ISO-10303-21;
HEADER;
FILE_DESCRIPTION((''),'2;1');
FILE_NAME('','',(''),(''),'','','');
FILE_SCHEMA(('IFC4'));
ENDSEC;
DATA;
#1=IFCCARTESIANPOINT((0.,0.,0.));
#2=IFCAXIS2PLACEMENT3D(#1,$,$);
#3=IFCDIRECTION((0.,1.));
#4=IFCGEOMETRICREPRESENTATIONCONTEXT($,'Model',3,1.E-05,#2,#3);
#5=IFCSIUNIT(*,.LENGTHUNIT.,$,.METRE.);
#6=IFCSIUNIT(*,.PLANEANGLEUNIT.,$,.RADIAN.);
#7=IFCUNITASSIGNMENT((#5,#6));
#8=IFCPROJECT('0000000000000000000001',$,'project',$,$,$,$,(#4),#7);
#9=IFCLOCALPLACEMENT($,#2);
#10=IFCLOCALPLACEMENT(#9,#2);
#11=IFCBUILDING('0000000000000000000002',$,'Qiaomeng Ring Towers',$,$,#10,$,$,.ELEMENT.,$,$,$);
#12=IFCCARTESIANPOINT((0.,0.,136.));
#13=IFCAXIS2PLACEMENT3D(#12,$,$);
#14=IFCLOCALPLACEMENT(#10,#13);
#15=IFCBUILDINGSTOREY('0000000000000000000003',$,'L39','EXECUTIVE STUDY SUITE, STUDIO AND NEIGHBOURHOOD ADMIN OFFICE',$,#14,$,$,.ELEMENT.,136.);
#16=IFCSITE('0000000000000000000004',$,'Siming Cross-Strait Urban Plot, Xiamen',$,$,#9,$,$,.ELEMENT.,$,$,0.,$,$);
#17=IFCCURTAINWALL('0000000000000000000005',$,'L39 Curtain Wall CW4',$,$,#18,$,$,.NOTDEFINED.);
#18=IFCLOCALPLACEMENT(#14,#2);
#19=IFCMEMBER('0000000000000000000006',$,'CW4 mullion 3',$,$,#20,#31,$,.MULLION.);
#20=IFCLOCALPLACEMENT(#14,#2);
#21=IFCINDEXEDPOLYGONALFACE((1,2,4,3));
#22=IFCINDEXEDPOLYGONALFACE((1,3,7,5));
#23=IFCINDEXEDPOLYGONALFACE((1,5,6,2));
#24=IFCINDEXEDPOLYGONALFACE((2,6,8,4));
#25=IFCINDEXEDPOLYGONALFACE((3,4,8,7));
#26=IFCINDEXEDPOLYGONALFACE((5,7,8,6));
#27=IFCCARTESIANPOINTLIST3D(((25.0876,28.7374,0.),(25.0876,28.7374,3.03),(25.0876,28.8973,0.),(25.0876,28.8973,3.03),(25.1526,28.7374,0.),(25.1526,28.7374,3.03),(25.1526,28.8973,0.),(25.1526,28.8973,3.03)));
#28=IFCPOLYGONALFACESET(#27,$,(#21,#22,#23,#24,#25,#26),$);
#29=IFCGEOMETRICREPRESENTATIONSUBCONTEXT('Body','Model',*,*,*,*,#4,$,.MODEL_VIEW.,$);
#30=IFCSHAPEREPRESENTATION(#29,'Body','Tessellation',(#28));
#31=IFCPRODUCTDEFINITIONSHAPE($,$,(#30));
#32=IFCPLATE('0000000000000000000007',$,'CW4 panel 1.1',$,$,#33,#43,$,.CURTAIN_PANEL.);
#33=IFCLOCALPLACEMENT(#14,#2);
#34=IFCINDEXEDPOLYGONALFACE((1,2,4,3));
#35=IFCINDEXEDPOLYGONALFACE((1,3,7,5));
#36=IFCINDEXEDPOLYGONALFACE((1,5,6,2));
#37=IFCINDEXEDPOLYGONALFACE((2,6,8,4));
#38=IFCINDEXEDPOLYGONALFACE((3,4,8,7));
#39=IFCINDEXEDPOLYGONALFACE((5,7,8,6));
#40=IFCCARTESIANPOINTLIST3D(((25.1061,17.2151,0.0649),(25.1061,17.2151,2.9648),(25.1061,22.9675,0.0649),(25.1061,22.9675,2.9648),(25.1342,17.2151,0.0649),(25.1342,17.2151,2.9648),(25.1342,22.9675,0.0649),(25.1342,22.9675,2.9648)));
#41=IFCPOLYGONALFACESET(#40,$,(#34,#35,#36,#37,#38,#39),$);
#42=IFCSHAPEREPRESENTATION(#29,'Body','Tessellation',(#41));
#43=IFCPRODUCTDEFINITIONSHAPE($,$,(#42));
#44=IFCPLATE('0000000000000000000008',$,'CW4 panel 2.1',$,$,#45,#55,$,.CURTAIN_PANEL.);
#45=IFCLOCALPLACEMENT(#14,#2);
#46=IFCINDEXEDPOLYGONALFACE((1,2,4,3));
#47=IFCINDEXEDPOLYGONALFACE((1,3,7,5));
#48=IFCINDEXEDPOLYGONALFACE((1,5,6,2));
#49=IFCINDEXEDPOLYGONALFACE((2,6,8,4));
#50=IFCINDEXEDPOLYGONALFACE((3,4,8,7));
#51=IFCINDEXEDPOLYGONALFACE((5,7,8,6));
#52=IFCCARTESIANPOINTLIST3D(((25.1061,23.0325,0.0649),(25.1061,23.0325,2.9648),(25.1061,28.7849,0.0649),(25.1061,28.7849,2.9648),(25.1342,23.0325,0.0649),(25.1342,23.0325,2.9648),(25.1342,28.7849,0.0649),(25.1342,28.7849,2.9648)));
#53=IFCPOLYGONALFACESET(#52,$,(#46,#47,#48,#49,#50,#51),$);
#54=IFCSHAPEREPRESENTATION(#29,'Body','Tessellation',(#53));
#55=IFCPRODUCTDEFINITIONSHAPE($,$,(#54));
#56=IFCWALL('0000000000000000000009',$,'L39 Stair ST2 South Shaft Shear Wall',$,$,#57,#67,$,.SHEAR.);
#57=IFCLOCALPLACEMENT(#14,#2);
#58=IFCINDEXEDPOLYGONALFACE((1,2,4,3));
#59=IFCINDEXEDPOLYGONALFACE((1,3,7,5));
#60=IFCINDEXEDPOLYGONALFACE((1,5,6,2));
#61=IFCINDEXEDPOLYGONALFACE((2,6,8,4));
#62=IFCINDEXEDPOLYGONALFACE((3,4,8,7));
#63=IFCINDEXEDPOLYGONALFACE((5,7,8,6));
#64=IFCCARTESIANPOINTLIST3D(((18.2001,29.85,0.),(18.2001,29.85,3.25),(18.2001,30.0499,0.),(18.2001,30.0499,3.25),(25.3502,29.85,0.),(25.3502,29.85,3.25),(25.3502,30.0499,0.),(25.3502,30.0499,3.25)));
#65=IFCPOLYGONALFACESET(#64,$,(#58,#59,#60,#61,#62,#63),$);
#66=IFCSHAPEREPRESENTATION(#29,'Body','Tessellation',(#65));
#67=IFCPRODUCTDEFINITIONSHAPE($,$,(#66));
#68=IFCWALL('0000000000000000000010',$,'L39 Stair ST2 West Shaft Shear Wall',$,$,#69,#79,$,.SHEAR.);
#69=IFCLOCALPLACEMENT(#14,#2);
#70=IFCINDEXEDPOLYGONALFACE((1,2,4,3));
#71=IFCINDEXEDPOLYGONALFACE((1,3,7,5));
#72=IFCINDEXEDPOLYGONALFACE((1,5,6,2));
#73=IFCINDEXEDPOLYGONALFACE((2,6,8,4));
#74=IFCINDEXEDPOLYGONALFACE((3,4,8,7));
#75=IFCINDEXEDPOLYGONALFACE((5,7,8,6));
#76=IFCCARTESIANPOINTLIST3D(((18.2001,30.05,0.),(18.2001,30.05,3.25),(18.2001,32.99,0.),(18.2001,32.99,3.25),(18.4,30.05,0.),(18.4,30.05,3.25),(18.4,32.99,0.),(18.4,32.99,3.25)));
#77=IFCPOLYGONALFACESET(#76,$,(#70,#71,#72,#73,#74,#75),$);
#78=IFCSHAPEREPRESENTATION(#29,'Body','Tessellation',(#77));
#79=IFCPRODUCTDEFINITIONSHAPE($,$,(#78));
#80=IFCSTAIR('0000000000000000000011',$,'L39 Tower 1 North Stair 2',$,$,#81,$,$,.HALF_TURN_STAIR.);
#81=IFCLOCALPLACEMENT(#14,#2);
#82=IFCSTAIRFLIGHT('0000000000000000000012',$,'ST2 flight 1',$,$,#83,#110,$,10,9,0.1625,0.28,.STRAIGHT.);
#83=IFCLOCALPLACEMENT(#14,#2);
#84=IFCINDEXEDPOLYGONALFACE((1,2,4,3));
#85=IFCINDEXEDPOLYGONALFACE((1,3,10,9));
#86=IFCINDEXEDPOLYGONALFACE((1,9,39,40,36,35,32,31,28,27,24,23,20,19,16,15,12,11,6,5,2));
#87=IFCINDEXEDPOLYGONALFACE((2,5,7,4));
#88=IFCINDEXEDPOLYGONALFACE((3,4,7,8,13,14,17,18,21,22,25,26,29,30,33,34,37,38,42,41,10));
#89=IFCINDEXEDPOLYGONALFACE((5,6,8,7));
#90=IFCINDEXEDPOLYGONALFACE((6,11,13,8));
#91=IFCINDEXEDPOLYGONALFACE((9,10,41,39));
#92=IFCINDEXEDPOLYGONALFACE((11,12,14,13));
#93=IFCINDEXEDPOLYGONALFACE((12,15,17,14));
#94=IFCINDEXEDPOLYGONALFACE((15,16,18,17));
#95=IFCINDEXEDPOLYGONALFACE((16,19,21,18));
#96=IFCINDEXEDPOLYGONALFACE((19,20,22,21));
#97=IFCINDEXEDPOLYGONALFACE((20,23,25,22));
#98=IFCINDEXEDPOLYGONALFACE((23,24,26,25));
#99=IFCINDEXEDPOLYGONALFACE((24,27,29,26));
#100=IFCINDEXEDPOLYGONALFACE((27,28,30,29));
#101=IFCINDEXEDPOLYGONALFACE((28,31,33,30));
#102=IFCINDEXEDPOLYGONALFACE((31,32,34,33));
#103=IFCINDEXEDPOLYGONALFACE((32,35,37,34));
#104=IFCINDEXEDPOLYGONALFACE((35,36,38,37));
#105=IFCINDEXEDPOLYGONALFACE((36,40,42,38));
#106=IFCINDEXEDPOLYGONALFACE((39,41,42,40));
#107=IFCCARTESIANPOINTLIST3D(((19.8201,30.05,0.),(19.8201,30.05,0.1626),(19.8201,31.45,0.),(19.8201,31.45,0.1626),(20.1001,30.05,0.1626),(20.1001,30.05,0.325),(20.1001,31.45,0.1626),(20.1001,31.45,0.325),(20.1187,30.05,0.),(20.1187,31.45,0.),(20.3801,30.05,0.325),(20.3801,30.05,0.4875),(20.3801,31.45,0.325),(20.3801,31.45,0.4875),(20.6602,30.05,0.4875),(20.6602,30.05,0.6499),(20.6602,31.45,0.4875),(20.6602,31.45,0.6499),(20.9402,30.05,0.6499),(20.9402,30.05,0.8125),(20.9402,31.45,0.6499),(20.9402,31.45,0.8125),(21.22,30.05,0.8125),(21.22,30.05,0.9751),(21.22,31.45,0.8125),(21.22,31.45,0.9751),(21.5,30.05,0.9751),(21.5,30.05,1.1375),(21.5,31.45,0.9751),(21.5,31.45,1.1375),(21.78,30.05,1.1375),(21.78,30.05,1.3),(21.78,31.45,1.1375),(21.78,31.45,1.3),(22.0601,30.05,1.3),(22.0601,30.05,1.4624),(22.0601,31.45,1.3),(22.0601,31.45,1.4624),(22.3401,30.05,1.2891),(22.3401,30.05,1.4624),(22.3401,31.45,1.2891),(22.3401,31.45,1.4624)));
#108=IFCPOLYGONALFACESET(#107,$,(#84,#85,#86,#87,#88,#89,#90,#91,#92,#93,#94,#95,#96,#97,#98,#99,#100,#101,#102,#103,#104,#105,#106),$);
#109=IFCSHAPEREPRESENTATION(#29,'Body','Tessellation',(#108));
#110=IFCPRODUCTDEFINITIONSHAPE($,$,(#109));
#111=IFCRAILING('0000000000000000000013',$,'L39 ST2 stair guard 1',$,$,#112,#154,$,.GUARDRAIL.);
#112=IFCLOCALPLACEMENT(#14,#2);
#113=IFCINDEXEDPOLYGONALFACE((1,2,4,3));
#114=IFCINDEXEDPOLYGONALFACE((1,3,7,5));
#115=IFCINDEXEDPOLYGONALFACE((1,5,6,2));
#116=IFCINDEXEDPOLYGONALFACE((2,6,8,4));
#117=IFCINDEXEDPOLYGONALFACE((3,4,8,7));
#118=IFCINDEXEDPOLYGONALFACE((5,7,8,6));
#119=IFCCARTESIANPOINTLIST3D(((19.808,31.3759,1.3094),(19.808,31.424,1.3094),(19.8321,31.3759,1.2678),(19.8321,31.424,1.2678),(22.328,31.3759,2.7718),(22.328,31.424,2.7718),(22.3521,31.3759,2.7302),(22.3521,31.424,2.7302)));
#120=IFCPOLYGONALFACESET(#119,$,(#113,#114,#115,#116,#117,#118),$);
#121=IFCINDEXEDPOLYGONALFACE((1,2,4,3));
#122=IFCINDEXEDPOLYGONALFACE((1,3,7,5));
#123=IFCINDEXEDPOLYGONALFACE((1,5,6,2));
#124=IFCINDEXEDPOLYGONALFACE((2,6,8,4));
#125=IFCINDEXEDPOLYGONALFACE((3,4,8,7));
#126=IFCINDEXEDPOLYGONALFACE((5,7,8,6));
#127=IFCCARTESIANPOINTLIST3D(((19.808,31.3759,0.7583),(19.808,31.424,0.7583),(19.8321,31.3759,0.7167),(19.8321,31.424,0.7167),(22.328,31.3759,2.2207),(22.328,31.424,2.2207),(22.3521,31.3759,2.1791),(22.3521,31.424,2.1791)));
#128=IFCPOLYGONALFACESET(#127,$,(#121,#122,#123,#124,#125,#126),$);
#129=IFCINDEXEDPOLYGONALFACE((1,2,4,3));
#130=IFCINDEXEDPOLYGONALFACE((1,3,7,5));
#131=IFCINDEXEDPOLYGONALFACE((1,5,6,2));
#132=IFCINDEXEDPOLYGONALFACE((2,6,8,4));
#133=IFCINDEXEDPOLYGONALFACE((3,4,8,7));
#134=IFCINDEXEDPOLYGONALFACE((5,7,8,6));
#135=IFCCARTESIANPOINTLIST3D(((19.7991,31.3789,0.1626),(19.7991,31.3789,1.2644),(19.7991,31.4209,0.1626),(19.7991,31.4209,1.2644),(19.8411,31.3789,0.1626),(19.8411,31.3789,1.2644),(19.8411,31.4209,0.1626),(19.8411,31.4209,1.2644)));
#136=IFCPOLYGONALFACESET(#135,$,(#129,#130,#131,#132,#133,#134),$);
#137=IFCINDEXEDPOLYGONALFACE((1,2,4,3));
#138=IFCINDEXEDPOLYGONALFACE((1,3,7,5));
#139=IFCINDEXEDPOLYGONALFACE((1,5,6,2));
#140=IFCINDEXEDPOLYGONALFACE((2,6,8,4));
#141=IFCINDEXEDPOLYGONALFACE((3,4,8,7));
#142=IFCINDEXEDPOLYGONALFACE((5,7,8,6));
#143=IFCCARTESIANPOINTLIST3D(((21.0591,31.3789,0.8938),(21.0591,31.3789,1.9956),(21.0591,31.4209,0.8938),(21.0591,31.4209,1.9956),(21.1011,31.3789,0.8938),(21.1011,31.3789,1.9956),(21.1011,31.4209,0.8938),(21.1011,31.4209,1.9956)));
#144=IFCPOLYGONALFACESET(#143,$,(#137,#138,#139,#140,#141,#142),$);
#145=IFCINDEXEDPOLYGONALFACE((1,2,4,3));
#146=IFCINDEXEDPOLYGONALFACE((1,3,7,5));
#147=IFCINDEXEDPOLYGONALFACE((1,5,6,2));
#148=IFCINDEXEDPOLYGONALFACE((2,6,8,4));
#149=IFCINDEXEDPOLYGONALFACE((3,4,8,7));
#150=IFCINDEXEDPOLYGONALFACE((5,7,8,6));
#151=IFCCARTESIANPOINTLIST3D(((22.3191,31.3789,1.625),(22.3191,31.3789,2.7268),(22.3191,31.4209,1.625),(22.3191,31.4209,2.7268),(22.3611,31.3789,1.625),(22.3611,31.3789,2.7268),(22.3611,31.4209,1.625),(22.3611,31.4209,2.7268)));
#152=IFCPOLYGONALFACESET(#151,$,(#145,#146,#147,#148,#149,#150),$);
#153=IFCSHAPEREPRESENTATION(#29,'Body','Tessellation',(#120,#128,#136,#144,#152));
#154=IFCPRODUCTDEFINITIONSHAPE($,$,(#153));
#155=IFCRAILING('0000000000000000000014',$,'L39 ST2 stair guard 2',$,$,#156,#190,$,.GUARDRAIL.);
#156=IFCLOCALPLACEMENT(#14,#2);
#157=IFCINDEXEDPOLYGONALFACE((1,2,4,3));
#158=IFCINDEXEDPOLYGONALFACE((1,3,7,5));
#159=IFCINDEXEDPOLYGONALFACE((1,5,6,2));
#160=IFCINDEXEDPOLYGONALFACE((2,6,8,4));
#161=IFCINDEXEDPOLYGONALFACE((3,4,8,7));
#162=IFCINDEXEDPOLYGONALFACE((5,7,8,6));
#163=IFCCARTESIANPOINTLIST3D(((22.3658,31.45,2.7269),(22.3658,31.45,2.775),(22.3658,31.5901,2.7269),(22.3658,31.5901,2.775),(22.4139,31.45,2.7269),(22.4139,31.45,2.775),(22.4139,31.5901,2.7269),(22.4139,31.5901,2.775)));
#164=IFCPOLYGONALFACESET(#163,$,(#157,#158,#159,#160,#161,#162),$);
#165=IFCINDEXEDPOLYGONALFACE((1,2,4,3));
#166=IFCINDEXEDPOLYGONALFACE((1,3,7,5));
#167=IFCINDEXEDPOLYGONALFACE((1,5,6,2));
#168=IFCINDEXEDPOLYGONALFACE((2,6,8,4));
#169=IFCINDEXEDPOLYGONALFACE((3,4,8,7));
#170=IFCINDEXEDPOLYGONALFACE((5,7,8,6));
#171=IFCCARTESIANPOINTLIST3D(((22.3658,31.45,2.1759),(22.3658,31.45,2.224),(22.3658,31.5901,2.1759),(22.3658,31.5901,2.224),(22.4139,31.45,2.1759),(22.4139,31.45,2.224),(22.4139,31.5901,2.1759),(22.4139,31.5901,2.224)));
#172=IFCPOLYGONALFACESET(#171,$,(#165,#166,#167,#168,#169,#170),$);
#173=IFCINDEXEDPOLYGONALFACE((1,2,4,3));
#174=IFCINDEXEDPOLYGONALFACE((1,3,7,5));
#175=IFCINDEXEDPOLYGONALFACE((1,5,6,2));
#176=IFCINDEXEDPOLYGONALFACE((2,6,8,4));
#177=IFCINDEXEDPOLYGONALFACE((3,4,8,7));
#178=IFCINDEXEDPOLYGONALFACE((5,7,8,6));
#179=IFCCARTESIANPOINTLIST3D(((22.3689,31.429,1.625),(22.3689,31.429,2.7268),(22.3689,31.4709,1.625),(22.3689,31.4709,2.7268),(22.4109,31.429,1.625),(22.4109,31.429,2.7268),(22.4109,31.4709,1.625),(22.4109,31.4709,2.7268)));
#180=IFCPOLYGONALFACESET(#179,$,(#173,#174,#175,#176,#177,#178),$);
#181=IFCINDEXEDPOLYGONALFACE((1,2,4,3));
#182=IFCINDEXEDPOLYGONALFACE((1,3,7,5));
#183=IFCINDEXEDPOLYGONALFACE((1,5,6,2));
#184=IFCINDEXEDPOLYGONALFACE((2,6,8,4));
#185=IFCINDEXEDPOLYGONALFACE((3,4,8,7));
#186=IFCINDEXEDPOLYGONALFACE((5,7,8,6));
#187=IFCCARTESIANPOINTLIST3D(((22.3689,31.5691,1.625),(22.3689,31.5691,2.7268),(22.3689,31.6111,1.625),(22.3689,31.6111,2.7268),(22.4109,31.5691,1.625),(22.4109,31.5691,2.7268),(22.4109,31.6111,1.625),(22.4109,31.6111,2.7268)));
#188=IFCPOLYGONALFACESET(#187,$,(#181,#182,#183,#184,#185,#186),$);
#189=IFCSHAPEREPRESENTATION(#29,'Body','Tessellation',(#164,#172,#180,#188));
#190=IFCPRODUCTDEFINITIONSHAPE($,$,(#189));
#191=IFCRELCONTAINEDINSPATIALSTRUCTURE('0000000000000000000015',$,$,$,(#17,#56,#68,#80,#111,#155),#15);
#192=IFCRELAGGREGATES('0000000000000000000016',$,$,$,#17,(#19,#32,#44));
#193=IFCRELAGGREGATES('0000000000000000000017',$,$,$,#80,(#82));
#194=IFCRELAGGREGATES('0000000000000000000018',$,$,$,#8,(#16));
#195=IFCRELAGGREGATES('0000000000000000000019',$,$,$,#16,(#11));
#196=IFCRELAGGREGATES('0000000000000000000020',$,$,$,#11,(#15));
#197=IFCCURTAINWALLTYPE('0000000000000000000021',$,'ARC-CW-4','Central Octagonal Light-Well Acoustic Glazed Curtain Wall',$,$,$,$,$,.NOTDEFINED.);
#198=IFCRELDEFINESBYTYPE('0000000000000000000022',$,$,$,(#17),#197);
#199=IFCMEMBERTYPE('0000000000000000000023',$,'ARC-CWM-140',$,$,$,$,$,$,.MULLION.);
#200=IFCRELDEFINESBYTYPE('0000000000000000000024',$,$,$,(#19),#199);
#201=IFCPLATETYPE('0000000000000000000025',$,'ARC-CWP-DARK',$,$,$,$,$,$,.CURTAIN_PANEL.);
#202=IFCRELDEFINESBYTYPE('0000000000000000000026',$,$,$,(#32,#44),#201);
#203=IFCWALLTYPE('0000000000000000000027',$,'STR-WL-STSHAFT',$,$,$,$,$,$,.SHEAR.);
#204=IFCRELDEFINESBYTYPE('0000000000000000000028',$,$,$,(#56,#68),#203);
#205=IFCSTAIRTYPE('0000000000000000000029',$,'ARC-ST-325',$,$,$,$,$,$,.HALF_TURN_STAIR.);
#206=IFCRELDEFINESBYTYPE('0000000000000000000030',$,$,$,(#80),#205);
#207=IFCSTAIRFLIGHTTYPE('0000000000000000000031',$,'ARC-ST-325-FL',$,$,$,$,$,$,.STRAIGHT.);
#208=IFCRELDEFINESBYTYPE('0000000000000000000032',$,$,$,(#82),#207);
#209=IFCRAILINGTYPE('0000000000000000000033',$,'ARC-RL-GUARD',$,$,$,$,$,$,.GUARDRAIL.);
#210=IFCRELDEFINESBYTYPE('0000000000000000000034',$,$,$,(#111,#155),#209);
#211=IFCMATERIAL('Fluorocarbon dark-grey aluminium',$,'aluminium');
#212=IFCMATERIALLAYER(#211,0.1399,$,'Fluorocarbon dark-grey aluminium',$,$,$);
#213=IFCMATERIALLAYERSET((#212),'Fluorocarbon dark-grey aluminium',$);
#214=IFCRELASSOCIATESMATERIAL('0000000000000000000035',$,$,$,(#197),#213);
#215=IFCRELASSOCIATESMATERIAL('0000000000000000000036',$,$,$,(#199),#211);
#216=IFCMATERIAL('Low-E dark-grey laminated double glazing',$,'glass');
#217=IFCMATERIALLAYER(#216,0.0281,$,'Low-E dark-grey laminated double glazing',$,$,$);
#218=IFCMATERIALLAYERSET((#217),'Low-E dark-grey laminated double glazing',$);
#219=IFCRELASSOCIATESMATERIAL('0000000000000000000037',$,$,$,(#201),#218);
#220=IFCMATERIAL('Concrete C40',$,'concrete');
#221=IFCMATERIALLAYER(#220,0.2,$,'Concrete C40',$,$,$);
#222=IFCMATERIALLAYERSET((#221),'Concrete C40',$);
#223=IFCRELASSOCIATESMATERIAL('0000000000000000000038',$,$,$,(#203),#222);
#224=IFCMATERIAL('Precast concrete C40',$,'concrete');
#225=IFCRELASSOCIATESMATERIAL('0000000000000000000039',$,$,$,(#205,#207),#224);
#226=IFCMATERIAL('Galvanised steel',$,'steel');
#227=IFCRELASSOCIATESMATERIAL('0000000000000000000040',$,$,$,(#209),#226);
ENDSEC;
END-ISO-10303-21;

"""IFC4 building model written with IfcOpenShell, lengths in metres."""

from ifc_helpers import new_model, si_unit, direction, frame, frame_2d, origin, origin_2d, place, context, subcontext, project, spatial, polyline, rectangle, outline, extrude, source, transform, mapped, material, layer, layer_set, material_profile, profile_set, type_object, element, aggregate, save


model = new_model("IFC4")

# Units and contexts
model_context = context("Model", 3, precision=1e-05, world=origin(), true_north=direction((0.0, 1.0)))
body_context = subcontext(model_context, "Body", "Model", "MODEL_VIEW")
ifc_project = project(units=[si_unit("LENGTHUNIT", "METRE"), si_unit("PLANEANGLEUNIT", "RADIAN")], contexts=[model_context])

# Site, building, storey
site_placement = place(None, origin())
site = spatial("IfcSite", under=ifc_project, at=site_placement, Name="Siming Cross-Strait Urban Plot, Xiamen", CompositionType="ELEMENT", RefElevation=0.0)
building_placement = place(site_placement, origin())
building = spatial("IfcBuilding", under=site, at=building_placement, Name="Qiaomeng Ring Towers", CompositionType="ELEMENT")
storey_placement = place(building_placement, frame((0.0, 0.0, 136.0)))
storey = spatial("IfcBuildingStorey", under=building, at=storey_placement, Name="L39", Description="EXECUTIVE STUDY SUITE, STUDIO AND NEIGHBOURHOOD ADMIN OFFICE", CompositionType="ELEMENT", Elevation=136.0)

# Curtain wall, member, plates
ifc_material_1 = material(Name="Fluorocarbon dark-grey aluminium", Category="aluminium")
ifc_layer_1 = layer(ifc_material_1, 0.1399, Name="Fluorocarbon dark-grey aluminium")
ifc_layer_set_1 = layer_set([ifc_layer_1], Name="Fluorocarbon dark-grey aluminium")
curtain_wall_type = type_object("IfcCurtainWallType", Name="ARC-CW-4", Description="Central Octagonal Light-Well Acoustic Glazed Curtain Wall", PredefinedType="NOTDEFINED", material=ifc_layer_set_1)
curtain_wall_placement = place(storey_placement, origin())
curtain_wall = element("IfcCurtainWall", 1, at=curtain_wall_placement, inside=storey, type_object=curtain_wall_type, Name="L39 Curtain Wall CW4", PredefinedType="NOTDEFINED")
ifc_material_profile_1 = material_profile(ifc_material_1, rectangle(XDim=0.0649, YDim=0.1599, at=origin_2d()), Name="ALU MULL 65x160")
ifc_profile_set_1 = profile_set([ifc_material_profile_1], Name="Fluorocarbon dark-grey aluminium")
member_type_1 = type_object("IfcMemberType", Name="ARC-CWM-140", PredefinedType="MULLION", material=ifc_profile_set_1)
shared_shape_1 = source(origin(), body_context, "Body", "SweptSolid", [
    extrude(rectangle(XDim=0.0649, YDim=0.1599, at=origin_2d()), origin(), (0.0, 0.0, 1.0), 3.03),
])
member_1_placement = place(storey_placement, frame((25.1201, 28.8174, 0.0), z_axis=(0.0, 0.0, 1.0), x_axis=(-1.0, 0.0, 0.0)))
member_1 = element("IfcMember", 2, at=member_1_placement, type_object=member_type_1, Name="CW4 mullion 3", PredefinedType="MULLION", context=body_context, shape_type="MappedRepresentation", body=[
    mapped(shared_shape_1, transform((0.0, 0.0, 0.0), x_axis=(1.0, 0.0, 0.0), y_axis=(0.0, 1.0, 0.0), z_axis=(0.0, 0.0, 1.0), scale=1.0)),
])
ifc_material_2 = material(Name="Low-E dark-grey laminated double glazing", Category="glass")
ifc_layer_2 = layer(ifc_material_2, 0.0281, Name="Low-E dark-grey laminated double glazing")
ifc_layer_set_2 = layer_set([ifc_layer_2], Name="Low-E dark-grey laminated double glazing")
plate_type = type_object("IfcPlateType", Name="ARC-CWP-DARK", PredefinedType="CURTAIN_PANEL", material=ifc_layer_set_2)
shared_shape_2 = source(origin(), body_context, "Body", "SweptSolid", [
    extrude(rectangle(XDim=5.7524, YDim=0.0281, at=origin_2d()), origin(), (0.0, 0.0, 1.0), 2.8999),
])
plate_1_placement = place(storey_placement, frame((25.1201, 20.0913, 0.0649), z_axis=(0.0, 0.0, 1.0), x_axis=(0.0, 1.0, 0.0)))
plate_1 = element("IfcPlate", 3, at=plate_1_placement, type_object=plate_type, Name="CW4 panel 1.1", PredefinedType="CURTAIN_PANEL", context=body_context, shape_type="MappedRepresentation", body=[
    mapped(shared_shape_2, transform((0.0, 0.0, 0.0), x_axis=(1.0, 0.0, 0.0), y_axis=(0.0, 1.0, 0.0), z_axis=(0.0, 0.0, 1.0), scale=1.0)),
])
plate_2_placement = place(storey_placement, frame((25.1201, 25.9087, 0.0649), z_axis=(0.0, 0.0, 1.0), x_axis=(0.0, 1.0, 0.0)))
plate_2 = element("IfcPlate", 4, at=plate_2_placement, type_object=plate_type, Name="CW4 panel 2.1", PredefinedType="CURTAIN_PANEL", context=body_context, shape_type="MappedRepresentation", body=[
    mapped(shared_shape_2, transform((0.0, 0.0, 0.0), x_axis=(1.0, 0.0, 0.0), y_axis=(0.0, 1.0, 0.0), z_axis=(0.0, 0.0, 1.0), scale=1.0)),
])
aggregate(curtain_wall, [member_1, plate_1, plate_2])

# Walls
ifc_material_3 = material(Name="Concrete C40", Category="concrete")
ifc_layer_3 = layer(ifc_material_3, 0.2, Name="Concrete C40")
ifc_layer_set_3 = layer_set([ifc_layer_3], Name="Concrete C40")
wall_type = type_object("IfcWallType", Name="STR-WL-STSHAFT", PredefinedType="SHEAR", material=ifc_layer_set_3)
wall_1_placement = place(storey_placement, frame((18.2, 29.95, 0.0), z_axis=(0.0, 0.0, 1.0), x_axis=(1.0, 0.0, 0.0)))
element("IfcWall", 5, at=wall_1_placement, inside=storey, type_object=wall_type, Name="L39 Stair ST2 South Shaft Shear Wall", PredefinedType="SHEAR", context=body_context, shape_type="SweptSolid", body=[
    extrude(rectangle(XDim=7.1501, YDim=0.2, at=frame_2d((3.5752, 0.0))), origin(), (0.0, 0.0, 1.0), 3.25),
])
wall_2_placement = place(storey_placement, frame((18.3, 30.05, 0.0), z_axis=(0.0, 0.0, 1.0), x_axis=(0.0, 1.0, 0.0)))
element("IfcWall", 6, at=wall_2_placement, inside=storey, type_object=wall_type, Name="L39 Stair ST2 West Shaft Shear Wall", PredefinedType="SHEAR", context=body_context, shape_type="SweptSolid", body=[
    extrude(rectangle(XDim=2.9399, YDim=0.2, at=frame_2d((1.47, 0.0))), origin(), (0.0, 0.0, 1.0), 3.25),
])

# Stair, stair flight
ifc_material_4 = material(Name="Precast concrete C40", Category="concrete")
stair_type = type_object("IfcStairType", Name="ARC-ST-325", PredefinedType="HALF_TURN_STAIR", material=ifc_material_4)
stair_placement = place(storey_placement, origin())
stair = element("IfcStair", 7, at=stair_placement, inside=storey, type_object=stair_type, Name="L39 Tower 1 North Stair 2", PredefinedType="HALF_TURN_STAIR")
stair_flight_type = type_object("IfcStairFlightType", Name="ARC-ST-325-FL", PredefinedType="STRAIGHT", material=ifc_material_4)
shared_shape_3 = source(origin(), body_context, "Body", "SweptSolid", [
    extrude(outline(polyline([(0.0, 0.0), (0.0, 0.1626), (0.28, 0.1626), (0.28, 0.325), (0.5601, 0.325), (0.5601, 0.4875), (0.8401, 0.4875), (0.8401, 0.6499), (1.1201, 0.6499), (1.1201, 0.8125), (1.3999, 0.8125), (1.3999, 0.9751), (1.6799, 0.9751), (1.6799, 1.1375), (1.96, 1.1375), (1.96, 1.3), (2.24, 1.3), (2.24, 1.4624), (2.52, 1.4624), (2.52, 1.625), (2.52, 1.2891), (0.2986, 0.0), (0.0, 0.0)])), frame((0.0, 0.7, 0.0), z_axis=(0.0, -1.0, 0.0), x_axis=(1.0, 0.0, 0.0)), (0.0, 0.0, 1.0), 1.3999),
])
stair_flight_placement = place(storey_placement, frame((19.8201, 30.75, 0.0), z_axis=(0.0, 0.0, 1.0), x_axis=(1.0, 0.0, 0.0)))
stair_flight = element("IfcStairFlight", 8, at=stair_flight_placement, type_object=stair_flight_type, Name="ST2 flight 1", NumberOfRisers=10, NumberOfTreads=9, PredefinedType="STRAIGHT", RiserHeight=0.1625, TreadLength=0.28, context=body_context, shape_type="MappedRepresentation", body=[
    mapped(shared_shape_3, transform((0.0, 0.0, 0.0), x_axis=(1.0, 0.0, 0.0), y_axis=(0.0, 1.0, 0.0), z_axis=(0.0, 0.0, 1.0), scale=1.0)),
])
aggregate(stair, [stair_flight])

# Railings
ifc_material_5 = material(Name="Galvanised steel", Category="steel")
railing_type_1 = type_object("IfcRailingType", Name="ARC-RL-GUARD", PredefinedType="GUARDRAIL", material=ifc_material_5)
railing_1_placement = place(storey_placement, frame((19.8201, 31.3999, 0.1626)))
element("IfcRailing", 9, at=railing_1_placement, inside=storey, type_object=railing_type_1, Name="L39 ST2 stair guard 1", PredefinedType="GUARDRAIL", context=body_context, shape_type="SweptSolid", body=[
    extrude(rectangle(XDim=0.0481, YDim=0.0481, at=origin_2d()), frame((0.0, 0.0, 1.126), z_axis=(0.864913, 0.0, 0.501921), x_axis=(0.0, 1.0, 0.0)), (0.0, 0.0, 1.0), 2.9136),
    extrude(rectangle(XDim=0.0481, YDim=0.0481, at=origin_2d()), frame((0.0, 0.0, 0.575), z_axis=(0.864913, 0.0, 0.501921), x_axis=(0.0, 1.0, 0.0)), (0.0, 0.0, 1.0), 2.9136),
    extrude(rectangle(XDim=0.042, YDim=0.042, at=origin_2d()), origin(), (0.0, 0.0, 1.0), 1.1018),
    extrude(rectangle(XDim=0.042, YDim=0.042, at=origin_2d()), frame((1.26, 0.0, 0.7312)), (0.0, 0.0, 1.0), 1.1018),
    extrude(rectangle(XDim=0.042, YDim=0.042, at=origin_2d()), frame((2.52, 0.0, 1.4624)), (0.0, 0.0, 1.0), 1.1018),
])
for number, where, name in (
    (10, (22.3899, 31.45, 1.625), "L39 ST2 stair guard 2"),
):
    element("IfcRailing", number, at=place(storey_placement, frame(where)), inside=storey, type_object=railing_type_1, Name=name, PredefinedType="GUARDRAIL", context=body_context, shape_type="SweptSolid", body=[
        extrude(rectangle(XDim=0.0481, YDim=0.0481, at=origin_2d()), frame((0.0, 0.0, 1.126), z_axis=(0.0, 1.0, 0.0), x_axis=(-1.0, 0.0, 0.0)), (0.0, 0.0, 1.0), 0.1401),
        extrude(rectangle(XDim=0.0481, YDim=0.0481, at=origin_2d()), frame((0.0, 0.0, 0.575), z_axis=(0.0, 1.0, 0.0), x_axis=(-1.0, 0.0, 0.0)), (0.0, 0.0, 1.0), 0.1401),
        extrude(rectangle(XDim=0.042, YDim=0.042, at=origin_2d()), origin(), (0.0, 0.0, 1.0), 1.1018),
        extrude(rectangle(XDim=0.042, YDim=0.042, at=origin_2d()), frame((0.0, 0.1401, 0.0)), (0.0, 0.0, 1.0), 1.1018),
    ])

save(model, "model.ifc")
